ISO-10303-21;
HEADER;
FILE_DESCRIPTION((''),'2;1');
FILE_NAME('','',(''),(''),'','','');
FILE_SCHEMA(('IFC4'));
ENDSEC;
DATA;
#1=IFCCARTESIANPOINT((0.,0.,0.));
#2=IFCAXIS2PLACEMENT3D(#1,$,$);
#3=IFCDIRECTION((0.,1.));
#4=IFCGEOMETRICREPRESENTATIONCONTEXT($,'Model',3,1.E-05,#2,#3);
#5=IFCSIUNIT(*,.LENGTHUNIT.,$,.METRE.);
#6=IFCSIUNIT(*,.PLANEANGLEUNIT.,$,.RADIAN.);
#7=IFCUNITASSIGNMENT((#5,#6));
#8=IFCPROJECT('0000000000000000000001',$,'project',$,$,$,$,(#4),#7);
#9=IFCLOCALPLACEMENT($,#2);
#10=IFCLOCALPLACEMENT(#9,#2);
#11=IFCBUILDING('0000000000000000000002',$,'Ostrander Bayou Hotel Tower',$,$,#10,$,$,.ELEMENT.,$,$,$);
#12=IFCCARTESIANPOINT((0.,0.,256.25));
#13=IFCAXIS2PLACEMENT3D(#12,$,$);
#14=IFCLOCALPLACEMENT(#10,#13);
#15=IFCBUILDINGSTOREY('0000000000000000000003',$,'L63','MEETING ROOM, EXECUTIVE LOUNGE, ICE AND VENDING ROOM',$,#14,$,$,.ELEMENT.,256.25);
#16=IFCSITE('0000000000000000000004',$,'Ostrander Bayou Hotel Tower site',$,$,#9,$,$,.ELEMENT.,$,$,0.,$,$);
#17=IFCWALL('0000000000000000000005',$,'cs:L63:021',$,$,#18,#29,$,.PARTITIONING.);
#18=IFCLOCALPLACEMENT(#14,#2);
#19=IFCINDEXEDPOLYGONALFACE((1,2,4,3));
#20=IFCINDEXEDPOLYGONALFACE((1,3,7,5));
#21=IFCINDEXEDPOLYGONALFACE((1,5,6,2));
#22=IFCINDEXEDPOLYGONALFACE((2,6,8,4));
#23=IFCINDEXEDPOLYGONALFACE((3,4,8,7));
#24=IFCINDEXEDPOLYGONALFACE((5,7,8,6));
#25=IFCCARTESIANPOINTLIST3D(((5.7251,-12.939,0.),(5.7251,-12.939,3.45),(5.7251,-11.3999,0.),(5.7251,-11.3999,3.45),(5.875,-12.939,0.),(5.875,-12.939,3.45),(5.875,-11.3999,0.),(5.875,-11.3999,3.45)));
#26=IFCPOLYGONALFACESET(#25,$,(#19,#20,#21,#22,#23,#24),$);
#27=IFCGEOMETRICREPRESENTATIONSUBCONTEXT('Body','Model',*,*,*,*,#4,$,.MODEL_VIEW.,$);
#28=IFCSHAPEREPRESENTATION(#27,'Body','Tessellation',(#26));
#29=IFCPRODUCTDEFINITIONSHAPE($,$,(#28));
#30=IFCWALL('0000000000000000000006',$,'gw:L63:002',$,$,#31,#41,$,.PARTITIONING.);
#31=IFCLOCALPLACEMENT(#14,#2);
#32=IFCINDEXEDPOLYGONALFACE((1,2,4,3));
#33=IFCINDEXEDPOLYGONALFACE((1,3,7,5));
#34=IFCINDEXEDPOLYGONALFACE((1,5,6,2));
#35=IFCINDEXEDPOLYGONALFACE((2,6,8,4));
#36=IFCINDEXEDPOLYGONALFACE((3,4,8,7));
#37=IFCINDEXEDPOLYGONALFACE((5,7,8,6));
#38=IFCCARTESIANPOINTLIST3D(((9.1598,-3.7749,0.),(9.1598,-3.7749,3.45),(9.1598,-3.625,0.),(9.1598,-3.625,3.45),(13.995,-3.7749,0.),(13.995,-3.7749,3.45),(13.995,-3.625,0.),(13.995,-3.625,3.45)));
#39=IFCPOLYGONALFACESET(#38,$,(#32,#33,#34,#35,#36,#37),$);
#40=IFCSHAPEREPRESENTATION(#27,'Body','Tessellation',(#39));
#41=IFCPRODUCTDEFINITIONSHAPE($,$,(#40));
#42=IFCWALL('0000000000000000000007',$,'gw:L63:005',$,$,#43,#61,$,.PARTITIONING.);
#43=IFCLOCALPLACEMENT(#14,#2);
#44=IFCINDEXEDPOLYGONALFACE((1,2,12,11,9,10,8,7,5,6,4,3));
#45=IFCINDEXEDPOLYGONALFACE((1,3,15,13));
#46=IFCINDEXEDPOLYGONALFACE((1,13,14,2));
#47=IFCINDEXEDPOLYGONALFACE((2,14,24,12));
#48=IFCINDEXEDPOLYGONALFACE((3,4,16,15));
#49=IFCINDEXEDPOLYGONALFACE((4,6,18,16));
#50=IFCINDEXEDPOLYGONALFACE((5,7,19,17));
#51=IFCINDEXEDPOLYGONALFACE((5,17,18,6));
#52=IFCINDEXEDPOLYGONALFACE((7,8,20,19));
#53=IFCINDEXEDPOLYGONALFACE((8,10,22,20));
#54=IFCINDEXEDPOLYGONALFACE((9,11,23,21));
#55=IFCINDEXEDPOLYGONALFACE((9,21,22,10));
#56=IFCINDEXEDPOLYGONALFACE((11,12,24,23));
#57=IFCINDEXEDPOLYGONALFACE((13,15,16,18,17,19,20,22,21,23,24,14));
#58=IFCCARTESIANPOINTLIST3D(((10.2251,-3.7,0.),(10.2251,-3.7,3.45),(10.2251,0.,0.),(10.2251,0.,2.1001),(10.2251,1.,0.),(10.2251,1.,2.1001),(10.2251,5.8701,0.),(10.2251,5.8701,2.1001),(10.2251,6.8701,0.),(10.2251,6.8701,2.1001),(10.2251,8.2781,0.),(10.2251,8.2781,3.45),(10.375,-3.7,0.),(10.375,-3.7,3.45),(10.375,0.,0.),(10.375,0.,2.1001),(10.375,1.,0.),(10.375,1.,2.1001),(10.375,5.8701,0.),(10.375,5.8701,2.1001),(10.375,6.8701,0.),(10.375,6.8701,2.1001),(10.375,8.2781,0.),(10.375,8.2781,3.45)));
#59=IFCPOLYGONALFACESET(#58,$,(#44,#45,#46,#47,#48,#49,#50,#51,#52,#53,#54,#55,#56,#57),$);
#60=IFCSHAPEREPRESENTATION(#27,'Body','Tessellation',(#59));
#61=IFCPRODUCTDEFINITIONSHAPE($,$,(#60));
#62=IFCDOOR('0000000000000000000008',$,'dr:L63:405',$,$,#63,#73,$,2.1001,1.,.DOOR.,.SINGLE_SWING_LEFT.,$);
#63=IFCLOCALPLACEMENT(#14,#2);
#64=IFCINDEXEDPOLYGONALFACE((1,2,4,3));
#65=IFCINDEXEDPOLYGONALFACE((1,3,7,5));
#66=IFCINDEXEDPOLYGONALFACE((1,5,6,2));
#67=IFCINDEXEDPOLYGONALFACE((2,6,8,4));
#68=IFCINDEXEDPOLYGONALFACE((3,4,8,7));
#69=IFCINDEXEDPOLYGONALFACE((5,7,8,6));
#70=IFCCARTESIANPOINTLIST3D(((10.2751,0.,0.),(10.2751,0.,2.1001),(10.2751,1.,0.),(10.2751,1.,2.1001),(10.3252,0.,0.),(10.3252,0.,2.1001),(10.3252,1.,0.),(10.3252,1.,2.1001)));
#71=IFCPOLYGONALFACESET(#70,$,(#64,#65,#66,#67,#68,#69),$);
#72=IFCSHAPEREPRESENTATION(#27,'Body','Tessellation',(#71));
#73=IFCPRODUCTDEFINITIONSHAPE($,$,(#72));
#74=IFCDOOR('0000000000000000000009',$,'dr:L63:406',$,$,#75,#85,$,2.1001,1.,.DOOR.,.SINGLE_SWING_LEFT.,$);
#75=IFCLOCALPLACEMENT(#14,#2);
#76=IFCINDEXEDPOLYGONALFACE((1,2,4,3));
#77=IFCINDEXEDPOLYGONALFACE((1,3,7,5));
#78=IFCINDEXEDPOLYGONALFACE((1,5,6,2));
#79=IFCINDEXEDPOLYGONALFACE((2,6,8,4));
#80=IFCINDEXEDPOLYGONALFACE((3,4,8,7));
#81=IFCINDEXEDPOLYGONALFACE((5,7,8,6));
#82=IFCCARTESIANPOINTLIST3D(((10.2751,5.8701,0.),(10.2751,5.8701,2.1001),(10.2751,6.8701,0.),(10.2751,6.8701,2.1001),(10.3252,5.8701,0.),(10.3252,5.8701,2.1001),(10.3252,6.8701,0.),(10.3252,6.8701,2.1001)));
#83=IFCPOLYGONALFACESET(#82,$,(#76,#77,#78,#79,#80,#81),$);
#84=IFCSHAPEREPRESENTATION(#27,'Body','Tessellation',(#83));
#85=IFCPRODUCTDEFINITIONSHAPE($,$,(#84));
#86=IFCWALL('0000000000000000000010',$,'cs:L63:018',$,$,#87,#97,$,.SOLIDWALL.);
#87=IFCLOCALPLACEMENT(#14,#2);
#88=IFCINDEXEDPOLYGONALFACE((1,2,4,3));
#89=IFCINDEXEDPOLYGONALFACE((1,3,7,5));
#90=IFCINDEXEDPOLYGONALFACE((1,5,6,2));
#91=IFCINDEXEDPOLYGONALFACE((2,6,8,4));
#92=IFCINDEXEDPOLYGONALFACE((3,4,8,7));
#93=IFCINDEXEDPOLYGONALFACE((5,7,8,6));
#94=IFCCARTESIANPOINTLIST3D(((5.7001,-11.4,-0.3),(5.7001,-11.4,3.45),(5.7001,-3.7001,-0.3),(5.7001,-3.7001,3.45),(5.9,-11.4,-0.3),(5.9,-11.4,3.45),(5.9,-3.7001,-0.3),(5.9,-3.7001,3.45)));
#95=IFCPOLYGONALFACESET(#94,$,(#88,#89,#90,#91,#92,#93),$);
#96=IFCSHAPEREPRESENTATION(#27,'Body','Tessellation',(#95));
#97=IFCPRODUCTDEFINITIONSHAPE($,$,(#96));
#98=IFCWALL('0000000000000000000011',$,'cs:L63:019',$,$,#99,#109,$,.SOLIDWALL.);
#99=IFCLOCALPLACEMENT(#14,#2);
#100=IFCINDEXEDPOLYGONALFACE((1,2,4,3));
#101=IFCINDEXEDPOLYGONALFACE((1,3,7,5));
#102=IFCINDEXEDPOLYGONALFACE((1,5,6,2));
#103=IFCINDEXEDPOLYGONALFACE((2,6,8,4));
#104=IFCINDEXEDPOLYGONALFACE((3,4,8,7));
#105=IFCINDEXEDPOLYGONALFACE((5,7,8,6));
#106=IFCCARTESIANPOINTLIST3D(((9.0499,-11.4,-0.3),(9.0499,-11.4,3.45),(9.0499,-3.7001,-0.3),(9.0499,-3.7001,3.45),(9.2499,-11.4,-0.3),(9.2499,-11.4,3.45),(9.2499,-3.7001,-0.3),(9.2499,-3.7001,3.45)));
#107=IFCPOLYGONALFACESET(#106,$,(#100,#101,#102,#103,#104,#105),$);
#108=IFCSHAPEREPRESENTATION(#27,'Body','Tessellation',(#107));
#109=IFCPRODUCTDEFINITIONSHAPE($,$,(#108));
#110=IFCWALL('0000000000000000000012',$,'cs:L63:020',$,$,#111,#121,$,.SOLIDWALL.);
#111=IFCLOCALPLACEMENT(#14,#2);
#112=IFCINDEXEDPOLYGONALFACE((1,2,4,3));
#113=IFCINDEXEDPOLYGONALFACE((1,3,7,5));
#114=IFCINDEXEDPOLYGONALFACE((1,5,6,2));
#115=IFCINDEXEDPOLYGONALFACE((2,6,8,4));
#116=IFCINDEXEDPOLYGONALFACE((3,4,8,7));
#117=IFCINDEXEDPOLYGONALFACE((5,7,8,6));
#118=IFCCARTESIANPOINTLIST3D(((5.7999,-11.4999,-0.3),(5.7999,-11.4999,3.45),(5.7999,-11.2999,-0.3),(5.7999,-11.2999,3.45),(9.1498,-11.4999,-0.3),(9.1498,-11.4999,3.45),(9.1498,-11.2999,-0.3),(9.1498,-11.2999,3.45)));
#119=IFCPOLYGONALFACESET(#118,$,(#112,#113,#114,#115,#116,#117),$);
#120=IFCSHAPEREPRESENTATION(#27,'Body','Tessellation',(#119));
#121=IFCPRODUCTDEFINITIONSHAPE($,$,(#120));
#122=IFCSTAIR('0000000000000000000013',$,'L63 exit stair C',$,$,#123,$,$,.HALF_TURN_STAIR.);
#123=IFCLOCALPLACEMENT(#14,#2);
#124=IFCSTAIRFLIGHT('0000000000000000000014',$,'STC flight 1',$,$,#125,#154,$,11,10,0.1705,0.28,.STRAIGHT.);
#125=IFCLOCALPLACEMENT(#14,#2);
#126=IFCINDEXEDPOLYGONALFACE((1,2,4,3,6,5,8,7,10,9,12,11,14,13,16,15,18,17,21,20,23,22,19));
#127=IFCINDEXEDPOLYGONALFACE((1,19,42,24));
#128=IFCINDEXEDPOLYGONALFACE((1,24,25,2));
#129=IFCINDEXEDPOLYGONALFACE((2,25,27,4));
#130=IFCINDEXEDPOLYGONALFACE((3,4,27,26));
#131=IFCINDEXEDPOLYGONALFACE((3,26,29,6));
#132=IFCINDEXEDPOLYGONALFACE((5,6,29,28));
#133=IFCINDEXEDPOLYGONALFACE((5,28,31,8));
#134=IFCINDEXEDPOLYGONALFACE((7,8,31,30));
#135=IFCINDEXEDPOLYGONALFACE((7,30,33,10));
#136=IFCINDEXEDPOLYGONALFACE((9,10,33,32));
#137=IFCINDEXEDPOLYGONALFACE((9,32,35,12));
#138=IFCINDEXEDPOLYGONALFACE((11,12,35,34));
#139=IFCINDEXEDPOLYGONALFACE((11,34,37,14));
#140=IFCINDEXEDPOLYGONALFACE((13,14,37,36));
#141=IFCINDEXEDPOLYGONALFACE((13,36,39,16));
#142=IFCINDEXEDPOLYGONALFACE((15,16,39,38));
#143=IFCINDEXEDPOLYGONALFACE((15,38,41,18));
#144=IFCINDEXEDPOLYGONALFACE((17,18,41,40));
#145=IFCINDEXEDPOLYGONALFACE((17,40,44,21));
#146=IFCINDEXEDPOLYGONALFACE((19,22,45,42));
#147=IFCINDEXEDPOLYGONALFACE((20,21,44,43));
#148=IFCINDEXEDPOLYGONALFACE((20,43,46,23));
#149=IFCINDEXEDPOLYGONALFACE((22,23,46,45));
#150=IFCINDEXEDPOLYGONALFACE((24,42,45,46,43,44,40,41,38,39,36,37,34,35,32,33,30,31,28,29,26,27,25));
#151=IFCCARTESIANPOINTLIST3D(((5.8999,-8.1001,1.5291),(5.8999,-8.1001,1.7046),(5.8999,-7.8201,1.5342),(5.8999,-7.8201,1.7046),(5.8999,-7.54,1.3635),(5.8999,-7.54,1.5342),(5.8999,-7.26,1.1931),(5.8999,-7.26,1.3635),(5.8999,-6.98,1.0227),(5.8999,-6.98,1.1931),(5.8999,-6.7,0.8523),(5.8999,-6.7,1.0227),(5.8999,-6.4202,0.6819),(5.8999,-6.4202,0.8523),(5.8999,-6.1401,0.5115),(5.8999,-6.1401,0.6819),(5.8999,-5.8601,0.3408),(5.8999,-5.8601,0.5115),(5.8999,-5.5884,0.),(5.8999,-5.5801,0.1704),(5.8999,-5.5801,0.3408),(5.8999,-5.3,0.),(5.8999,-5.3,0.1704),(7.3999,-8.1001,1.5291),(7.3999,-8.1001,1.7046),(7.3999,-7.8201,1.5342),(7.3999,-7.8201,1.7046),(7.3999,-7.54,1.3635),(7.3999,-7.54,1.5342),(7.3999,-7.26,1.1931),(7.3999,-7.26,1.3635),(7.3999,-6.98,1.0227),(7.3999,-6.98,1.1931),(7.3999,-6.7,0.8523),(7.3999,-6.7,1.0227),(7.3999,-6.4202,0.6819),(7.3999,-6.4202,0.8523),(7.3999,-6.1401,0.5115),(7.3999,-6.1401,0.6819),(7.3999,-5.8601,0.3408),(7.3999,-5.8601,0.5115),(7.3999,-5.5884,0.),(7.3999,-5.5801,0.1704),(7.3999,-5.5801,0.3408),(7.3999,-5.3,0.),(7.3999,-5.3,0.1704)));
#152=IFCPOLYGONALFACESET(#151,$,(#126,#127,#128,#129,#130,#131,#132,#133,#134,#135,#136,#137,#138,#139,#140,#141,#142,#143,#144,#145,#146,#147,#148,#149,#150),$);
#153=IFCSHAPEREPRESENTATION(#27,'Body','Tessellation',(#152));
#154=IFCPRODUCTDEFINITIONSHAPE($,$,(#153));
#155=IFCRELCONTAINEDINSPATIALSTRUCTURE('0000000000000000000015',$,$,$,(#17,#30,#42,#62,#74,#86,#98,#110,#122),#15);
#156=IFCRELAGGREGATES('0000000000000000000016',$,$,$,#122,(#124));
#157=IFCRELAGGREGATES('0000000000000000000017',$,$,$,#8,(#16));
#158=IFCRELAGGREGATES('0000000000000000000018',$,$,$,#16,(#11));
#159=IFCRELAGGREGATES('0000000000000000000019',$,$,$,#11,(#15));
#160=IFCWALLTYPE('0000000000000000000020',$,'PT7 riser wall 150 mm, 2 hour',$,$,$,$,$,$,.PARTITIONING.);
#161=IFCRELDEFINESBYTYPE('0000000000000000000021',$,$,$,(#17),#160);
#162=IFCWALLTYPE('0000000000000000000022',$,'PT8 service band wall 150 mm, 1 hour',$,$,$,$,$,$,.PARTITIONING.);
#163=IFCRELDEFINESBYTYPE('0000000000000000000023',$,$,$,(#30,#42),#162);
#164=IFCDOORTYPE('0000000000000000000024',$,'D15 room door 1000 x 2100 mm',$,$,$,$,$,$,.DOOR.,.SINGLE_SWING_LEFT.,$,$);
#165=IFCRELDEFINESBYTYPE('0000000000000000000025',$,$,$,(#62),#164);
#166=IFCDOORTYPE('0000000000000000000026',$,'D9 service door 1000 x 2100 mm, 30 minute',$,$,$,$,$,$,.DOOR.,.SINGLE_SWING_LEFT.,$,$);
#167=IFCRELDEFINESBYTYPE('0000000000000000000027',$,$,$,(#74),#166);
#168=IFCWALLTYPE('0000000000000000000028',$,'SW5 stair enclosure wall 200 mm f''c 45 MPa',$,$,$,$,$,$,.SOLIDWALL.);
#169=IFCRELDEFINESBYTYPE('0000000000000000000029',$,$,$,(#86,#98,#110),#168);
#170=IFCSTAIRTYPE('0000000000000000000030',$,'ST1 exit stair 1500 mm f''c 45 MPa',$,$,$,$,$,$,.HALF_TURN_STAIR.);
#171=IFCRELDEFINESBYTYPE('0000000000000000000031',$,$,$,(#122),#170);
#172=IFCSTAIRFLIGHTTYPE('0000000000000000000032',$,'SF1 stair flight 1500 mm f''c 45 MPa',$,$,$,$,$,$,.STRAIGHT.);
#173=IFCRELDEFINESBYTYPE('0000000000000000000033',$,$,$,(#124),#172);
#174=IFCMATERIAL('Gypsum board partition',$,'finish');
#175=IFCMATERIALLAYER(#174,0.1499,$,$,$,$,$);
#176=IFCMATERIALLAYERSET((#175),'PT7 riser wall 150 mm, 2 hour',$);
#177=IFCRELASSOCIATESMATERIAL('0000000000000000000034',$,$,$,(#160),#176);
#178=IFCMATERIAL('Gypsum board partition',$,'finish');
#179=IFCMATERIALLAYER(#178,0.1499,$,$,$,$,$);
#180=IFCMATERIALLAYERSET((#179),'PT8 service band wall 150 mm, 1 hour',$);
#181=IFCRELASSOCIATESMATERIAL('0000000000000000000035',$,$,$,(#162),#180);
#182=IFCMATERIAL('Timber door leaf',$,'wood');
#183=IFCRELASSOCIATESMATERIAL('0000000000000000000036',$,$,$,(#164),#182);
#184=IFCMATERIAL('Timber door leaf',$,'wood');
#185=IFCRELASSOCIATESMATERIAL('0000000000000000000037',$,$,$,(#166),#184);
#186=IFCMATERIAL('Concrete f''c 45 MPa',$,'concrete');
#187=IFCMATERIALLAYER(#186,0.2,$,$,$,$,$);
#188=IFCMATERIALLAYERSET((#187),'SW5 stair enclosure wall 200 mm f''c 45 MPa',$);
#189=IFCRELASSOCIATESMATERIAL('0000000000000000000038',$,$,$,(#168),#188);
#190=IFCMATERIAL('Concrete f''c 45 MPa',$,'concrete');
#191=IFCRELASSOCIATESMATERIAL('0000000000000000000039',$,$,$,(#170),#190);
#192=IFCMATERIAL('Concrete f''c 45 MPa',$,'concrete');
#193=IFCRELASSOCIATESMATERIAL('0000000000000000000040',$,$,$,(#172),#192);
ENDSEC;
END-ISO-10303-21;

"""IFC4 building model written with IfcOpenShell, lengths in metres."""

from ifc_helpers import new_model, si_unit, direction, frame, frame_2d, origin, place, context, subcontext, project, spatial, polyline, rectangle, outline, extrude, material, layer, layer_set, type_object, element, fill, aggregate, save


model = new_model("IFC4")

# Units and contexts
model_context = context("Model", 3, precision=1e-05, world=origin(), true_north=direction((0.0, 1.0)))
body_context = subcontext(model_context, "Body", "Model", "MODEL_VIEW")
ifc_project = project(units=[si_unit("LENGTHUNIT", "METRE"), si_unit("PLANEANGLEUNIT", "RADIAN")], contexts=[model_context])

# Site, building, storey
site_placement = place(None, origin())
site = spatial("IfcSite", under=ifc_project, at=site_placement, Name="Ostrander Bayou Hotel Tower site", CompositionType="ELEMENT", RefElevation=0.0)
building_placement = place(site_placement, origin())
building = spatial("IfcBuilding", under=site, at=building_placement, Name="Ostrander Bayou Hotel Tower", CompositionType="ELEMENT")
storey_placement = place(building_placement, frame((0.0, 0.0, 256.25)))
storey = spatial("IfcBuildingStorey", under=building, at=storey_placement, Name="L63", Description="MEETING ROOM, EXECUTIVE LOUNGE, ICE AND VENDING ROOM", CompositionType="ELEMENT", Elevation=256.25)

# Walls
ifc_material_1 = material(Name="Gypsum board partition", Category="finish")
ifc_layer_1 = layer(ifc_material_1, 0.1499)
ifc_layer_set_1 = layer_set([ifc_layer_1], Name="PT7 riser wall 150 mm, 2 hour")
wall_type_1 = type_object("IfcWallType", Name="PT7 riser wall 150 mm, 2 hour", PredefinedType="PARTITIONING", material=ifc_layer_set_1)
wall_1_placement = place(storey_placement, frame((5.8, -11.3999, 0.0), z_axis=(0.0, 0.0, 1.0), x_axis=(0.0, -1.0, 0.0)))
element("IfcWall", 1, at=wall_1_placement, inside=storey, type_object=wall_type_1, Name="cs:L63:021", PredefinedType="PARTITIONING", context=body_context, shape_type="SweptSolid", body=[
    extrude(rectangle(XDim=1.5391, YDim=0.1499, at=frame_2d((0.7695, 0.0))), origin(), (0.0, 0.0, 1.0), 3.45),
])
ifc_material_2 = material(Name="Gypsum board partition", Category="finish")
ifc_layer_2 = layer(ifc_material_2, 0.1499)
ifc_layer_set_2 = layer_set([ifc_layer_2], Name="PT8 service band wall 150 mm, 1 hour")
wall_type_2 = type_object("IfcWallType", Name="PT8 service band wall 150 mm, 1 hour", PredefinedType="PARTITIONING", material=ifc_layer_set_2)
wall_2_placement = place(storey_placement, frame((9.1599, -3.7, 0.0), z_axis=(0.0, 0.0, 1.0), x_axis=(1.0, 0.0, 0.0)))
element("IfcWall", 2, at=wall_2_placement, inside=storey, type_object=wall_type_2, Name="gw:L63:002", PredefinedType="PARTITIONING", context=body_context, shape_type="SweptSolid", body=[
    extrude(rectangle(XDim=4.8352, YDim=0.1499, at=frame_2d((2.4175, 0.0))), origin(), (0.0, 0.0, 1.0), 3.45),
])

# Wall, openings, doors
wall_3_placement = place(storey_placement, frame((10.3, -3.7, 0.0), z_axis=(0.0, 0.0, 1.0), x_axis=(0.0, 1.0, 0.0)))
wall_3 = element("IfcWall", 3, at=wall_3_placement, inside=storey, type_object=wall_type_2, Name="gw:L63:005", PredefinedType="PARTITIONING", context=body_context, shape_type="SweptSolid", body=[
    extrude(rectangle(XDim=11.978, YDim=0.1499, at=frame_2d((5.989, 0.0))), origin(), (0.0, 0.0, 1.0), 3.45),
])
opening_1_placement = place(wall_3_placement, frame((3.7, 0.0, 0.0)))
opening_1 = element("IfcOpeningElement", 4, at=opening_1_placement, cuts=wall_3, PredefinedType="OPENING", context=body_context, shape_type="SweptSolid", body=[
    extrude(rectangle(XDim=1.0, YDim=2.1001, at=frame_2d((0.5, 1.05))), frame((0.0, 0.075, 0.0), z_axis=(0.0, -1.0, 0.0), x_axis=(1.0, 0.0, 0.0)), (0.0, 0.0, 1.0), 0.1499),
])
opening_2_placement = place(wall_3_placement, frame((9.5701, 0.0, 0.0)))
opening_2 = element("IfcOpeningElement", 5, at=opening_2_placement, cuts=wall_3, PredefinedType="OPENING", context=body_context, shape_type="SweptSolid", body=[
    extrude(rectangle(XDim=1.0, YDim=2.1001, at=frame_2d((0.5, 1.05))), frame((0.0, 0.075, 0.0), z_axis=(0.0, -1.0, 0.0), x_axis=(1.0, 0.0, 0.0)), (0.0, 0.0, 1.0), 0.1499),
])
ifc_material_3 = material(Name="Timber door leaf", Category="wood")
door_type_1 = type_object("IfcDoorType", Name="D15 room door 1000 x 2100 mm", OperationType="SINGLE_SWING_LEFT", PredefinedType="DOOR", material=ifc_material_3)
door_1_placement = place(opening_1_placement, origin())
door_1 = element("IfcDoor", 6, at=door_1_placement, inside=storey, type_object=door_type_1, Name="dr:L63:405", OperationType="SINGLE_SWING_LEFT", OverallHeight=2.1001, OverallWidth=1.0, PredefinedType="DOOR", context=body_context, shape_type="SweptSolid", body=[
    extrude(rectangle(XDim=1.0, YDim=2.1001, at=frame_2d((0.5, 1.05))), frame((0.0, 0.0249, 0.0), z_axis=(0.0, -1.0, 0.0), x_axis=(1.0, 0.0, 0.0)), (0.0, 0.0, 1.0), 0.05),
])
fill(opening_1, door_1)
ifc_material_4 = material(Name="Timber door leaf", Category="wood")
door_type_2 = type_object("IfcDoorType", Name="D9 service door 1000 x 2100 mm, 30 minute", OperationType="SINGLE_SWING_LEFT", PredefinedType="DOOR", material=ifc_material_4)
door_2_placement = place(opening_2_placement, origin())
door_2 = element("IfcDoor", 7, at=door_2_placement, inside=storey, type_object=door_type_2, Name="dr:L63:406", OperationType="SINGLE_SWING_LEFT", OverallHeight=2.1001, OverallWidth=1.0, PredefinedType="DOOR", context=body_context, shape_type="SweptSolid", body=[
    extrude(rectangle(XDim=1.0, YDim=2.1001, at=frame_2d((0.5, 1.05))), frame((0.0, 0.0249, 0.0), z_axis=(0.0, -1.0, 0.0), x_axis=(1.0, 0.0, 0.0)), (0.0, 0.0, 1.0), 0.05),
])
fill(opening_2, door_2)

# Shared definitions
ifc_material_5 = material(Name="Concrete f'c 45 MPa", Category="concrete")
ifc_layer_3 = layer(ifc_material_5, 0.2)
ifc_layer_set_3 = layer_set([ifc_layer_3], Name="SW5 stair enclosure wall 200 mm f'c 45 MPa")
wall_type_3 = type_object("IfcWallType", Name="SW5 stair enclosure wall 200 mm f'c 45 MPa", PredefinedType="SOLIDWALL", material=ifc_layer_set_3)

# Walls
for number, where, z_axis, x_axis, name in (
    (8, (5.8, -3.7, -0.3), (0.0, 0.0, 1.0), (0.0, -1.0, 0.0), "cs:L63:018"),
    (9, (9.1499, -3.7, -0.3), (0.0, 0.0, 1.0), (0.0, -1.0, 0.0), "cs:L63:019"),
):
    element("IfcWall", number, at=place(storey_placement, frame(where, z_axis=z_axis, x_axis=x_axis)), inside=storey, type_object=wall_type_3, Name=name, PredefinedType="SOLIDWALL", context=body_context, shape_type="SweptSolid", body=[
        extrude(rectangle(XDim=7.7, YDim=0.2, at=frame_2d((3.8501, 0.0))), origin(), (0.0, 0.0, 1.0), 3.75),
    ])
wall_4_placement = place(storey_placement, frame((5.8, -11.3999, -0.3), z_axis=(0.0, 0.0, 1.0), x_axis=(1.0, 0.0, 0.0)))
element("IfcWall", 10, at=wall_4_placement, inside=storey, type_object=wall_type_3, Name="cs:L63:020", PredefinedType="SOLIDWALL", context=body_context, shape_type="SweptSolid", body=[
    extrude(rectangle(XDim=3.3499, YDim=0.2, at=frame_2d((1.6748, 0.0))), origin(), (0.0, 0.0, 1.0), 3.75),
])

# Stair, stair flight
ifc_material_6 = material(Name="Concrete f'c 45 MPa", Category="concrete")
stair_type = type_object("IfcStairType", Name="ST1 exit stair 1500 mm f'c 45 MPa", PredefinedType="HALF_TURN_STAIR", material=ifc_material_6)
stair_placement = place(storey_placement, origin())
stair = element("IfcStair", 11, at=stair_placement, inside=storey, type_object=stair_type, Name="L63 exit stair C", PredefinedType="HALF_TURN_STAIR")
ifc_material_7 = material(Name="Concrete f'c 45 MPa", Category="concrete")
stair_flight_type = type_object("IfcStairFlightType", Name="SF1 stair flight 1500 mm f'c 45 MPa", PredefinedType="STRAIGHT", material=ifc_material_7)
stair_flight_1_placement = place(storey_placement, frame((6.6499, -5.3, 0.0), z_axis=(0.0, 0.0, 1.0), x_axis=(0.0, -1.0, 0.0)))
stair_flight_1 = element("IfcStairFlight", 12, at=stair_flight_1_placement, type_object=stair_flight_type, Name="STC flight 1", NumberOfRisers=11, NumberOfTreads=10, PredefinedType="STRAIGHT", RiserHeight=0.1705, TreadLength=0.28, context=body_context, shape_type="SweptSolid", body=[
    extrude(outline(polyline([(0.0, 0.0), (0.0, 0.1704), (0.28, 0.1704), (0.28, 0.3408), (0.5601, 0.3408), (0.5601, 0.5115), (0.8401, 0.5115), (0.8401, 0.6819), (1.1201, 0.6819), (1.1201, 0.8523), (1.3999, 0.8523), (1.3999, 1.0227), (1.6799, 1.0227), (1.6799, 1.1931), (1.96, 1.1931), (1.96, 1.3635), (2.24, 1.3635), (2.24, 1.5342), (2.52, 1.5342), (2.52, 1.7046), (2.8, 1.7046), (2.8, 1.875), (2.8, 1.5291), (0.2883, 0.0), (0.0, 0.0)])), frame((0.0, 0.75, 0.0), z_axis=(0.0, -1.0, 0.0), x_axis=(1.0, 0.0, 0.0)), (0.0, 0.0, 1.0), 1.5),
])
aggregate(stair, [stair_flight_1])

save(model, "model.ifc")
